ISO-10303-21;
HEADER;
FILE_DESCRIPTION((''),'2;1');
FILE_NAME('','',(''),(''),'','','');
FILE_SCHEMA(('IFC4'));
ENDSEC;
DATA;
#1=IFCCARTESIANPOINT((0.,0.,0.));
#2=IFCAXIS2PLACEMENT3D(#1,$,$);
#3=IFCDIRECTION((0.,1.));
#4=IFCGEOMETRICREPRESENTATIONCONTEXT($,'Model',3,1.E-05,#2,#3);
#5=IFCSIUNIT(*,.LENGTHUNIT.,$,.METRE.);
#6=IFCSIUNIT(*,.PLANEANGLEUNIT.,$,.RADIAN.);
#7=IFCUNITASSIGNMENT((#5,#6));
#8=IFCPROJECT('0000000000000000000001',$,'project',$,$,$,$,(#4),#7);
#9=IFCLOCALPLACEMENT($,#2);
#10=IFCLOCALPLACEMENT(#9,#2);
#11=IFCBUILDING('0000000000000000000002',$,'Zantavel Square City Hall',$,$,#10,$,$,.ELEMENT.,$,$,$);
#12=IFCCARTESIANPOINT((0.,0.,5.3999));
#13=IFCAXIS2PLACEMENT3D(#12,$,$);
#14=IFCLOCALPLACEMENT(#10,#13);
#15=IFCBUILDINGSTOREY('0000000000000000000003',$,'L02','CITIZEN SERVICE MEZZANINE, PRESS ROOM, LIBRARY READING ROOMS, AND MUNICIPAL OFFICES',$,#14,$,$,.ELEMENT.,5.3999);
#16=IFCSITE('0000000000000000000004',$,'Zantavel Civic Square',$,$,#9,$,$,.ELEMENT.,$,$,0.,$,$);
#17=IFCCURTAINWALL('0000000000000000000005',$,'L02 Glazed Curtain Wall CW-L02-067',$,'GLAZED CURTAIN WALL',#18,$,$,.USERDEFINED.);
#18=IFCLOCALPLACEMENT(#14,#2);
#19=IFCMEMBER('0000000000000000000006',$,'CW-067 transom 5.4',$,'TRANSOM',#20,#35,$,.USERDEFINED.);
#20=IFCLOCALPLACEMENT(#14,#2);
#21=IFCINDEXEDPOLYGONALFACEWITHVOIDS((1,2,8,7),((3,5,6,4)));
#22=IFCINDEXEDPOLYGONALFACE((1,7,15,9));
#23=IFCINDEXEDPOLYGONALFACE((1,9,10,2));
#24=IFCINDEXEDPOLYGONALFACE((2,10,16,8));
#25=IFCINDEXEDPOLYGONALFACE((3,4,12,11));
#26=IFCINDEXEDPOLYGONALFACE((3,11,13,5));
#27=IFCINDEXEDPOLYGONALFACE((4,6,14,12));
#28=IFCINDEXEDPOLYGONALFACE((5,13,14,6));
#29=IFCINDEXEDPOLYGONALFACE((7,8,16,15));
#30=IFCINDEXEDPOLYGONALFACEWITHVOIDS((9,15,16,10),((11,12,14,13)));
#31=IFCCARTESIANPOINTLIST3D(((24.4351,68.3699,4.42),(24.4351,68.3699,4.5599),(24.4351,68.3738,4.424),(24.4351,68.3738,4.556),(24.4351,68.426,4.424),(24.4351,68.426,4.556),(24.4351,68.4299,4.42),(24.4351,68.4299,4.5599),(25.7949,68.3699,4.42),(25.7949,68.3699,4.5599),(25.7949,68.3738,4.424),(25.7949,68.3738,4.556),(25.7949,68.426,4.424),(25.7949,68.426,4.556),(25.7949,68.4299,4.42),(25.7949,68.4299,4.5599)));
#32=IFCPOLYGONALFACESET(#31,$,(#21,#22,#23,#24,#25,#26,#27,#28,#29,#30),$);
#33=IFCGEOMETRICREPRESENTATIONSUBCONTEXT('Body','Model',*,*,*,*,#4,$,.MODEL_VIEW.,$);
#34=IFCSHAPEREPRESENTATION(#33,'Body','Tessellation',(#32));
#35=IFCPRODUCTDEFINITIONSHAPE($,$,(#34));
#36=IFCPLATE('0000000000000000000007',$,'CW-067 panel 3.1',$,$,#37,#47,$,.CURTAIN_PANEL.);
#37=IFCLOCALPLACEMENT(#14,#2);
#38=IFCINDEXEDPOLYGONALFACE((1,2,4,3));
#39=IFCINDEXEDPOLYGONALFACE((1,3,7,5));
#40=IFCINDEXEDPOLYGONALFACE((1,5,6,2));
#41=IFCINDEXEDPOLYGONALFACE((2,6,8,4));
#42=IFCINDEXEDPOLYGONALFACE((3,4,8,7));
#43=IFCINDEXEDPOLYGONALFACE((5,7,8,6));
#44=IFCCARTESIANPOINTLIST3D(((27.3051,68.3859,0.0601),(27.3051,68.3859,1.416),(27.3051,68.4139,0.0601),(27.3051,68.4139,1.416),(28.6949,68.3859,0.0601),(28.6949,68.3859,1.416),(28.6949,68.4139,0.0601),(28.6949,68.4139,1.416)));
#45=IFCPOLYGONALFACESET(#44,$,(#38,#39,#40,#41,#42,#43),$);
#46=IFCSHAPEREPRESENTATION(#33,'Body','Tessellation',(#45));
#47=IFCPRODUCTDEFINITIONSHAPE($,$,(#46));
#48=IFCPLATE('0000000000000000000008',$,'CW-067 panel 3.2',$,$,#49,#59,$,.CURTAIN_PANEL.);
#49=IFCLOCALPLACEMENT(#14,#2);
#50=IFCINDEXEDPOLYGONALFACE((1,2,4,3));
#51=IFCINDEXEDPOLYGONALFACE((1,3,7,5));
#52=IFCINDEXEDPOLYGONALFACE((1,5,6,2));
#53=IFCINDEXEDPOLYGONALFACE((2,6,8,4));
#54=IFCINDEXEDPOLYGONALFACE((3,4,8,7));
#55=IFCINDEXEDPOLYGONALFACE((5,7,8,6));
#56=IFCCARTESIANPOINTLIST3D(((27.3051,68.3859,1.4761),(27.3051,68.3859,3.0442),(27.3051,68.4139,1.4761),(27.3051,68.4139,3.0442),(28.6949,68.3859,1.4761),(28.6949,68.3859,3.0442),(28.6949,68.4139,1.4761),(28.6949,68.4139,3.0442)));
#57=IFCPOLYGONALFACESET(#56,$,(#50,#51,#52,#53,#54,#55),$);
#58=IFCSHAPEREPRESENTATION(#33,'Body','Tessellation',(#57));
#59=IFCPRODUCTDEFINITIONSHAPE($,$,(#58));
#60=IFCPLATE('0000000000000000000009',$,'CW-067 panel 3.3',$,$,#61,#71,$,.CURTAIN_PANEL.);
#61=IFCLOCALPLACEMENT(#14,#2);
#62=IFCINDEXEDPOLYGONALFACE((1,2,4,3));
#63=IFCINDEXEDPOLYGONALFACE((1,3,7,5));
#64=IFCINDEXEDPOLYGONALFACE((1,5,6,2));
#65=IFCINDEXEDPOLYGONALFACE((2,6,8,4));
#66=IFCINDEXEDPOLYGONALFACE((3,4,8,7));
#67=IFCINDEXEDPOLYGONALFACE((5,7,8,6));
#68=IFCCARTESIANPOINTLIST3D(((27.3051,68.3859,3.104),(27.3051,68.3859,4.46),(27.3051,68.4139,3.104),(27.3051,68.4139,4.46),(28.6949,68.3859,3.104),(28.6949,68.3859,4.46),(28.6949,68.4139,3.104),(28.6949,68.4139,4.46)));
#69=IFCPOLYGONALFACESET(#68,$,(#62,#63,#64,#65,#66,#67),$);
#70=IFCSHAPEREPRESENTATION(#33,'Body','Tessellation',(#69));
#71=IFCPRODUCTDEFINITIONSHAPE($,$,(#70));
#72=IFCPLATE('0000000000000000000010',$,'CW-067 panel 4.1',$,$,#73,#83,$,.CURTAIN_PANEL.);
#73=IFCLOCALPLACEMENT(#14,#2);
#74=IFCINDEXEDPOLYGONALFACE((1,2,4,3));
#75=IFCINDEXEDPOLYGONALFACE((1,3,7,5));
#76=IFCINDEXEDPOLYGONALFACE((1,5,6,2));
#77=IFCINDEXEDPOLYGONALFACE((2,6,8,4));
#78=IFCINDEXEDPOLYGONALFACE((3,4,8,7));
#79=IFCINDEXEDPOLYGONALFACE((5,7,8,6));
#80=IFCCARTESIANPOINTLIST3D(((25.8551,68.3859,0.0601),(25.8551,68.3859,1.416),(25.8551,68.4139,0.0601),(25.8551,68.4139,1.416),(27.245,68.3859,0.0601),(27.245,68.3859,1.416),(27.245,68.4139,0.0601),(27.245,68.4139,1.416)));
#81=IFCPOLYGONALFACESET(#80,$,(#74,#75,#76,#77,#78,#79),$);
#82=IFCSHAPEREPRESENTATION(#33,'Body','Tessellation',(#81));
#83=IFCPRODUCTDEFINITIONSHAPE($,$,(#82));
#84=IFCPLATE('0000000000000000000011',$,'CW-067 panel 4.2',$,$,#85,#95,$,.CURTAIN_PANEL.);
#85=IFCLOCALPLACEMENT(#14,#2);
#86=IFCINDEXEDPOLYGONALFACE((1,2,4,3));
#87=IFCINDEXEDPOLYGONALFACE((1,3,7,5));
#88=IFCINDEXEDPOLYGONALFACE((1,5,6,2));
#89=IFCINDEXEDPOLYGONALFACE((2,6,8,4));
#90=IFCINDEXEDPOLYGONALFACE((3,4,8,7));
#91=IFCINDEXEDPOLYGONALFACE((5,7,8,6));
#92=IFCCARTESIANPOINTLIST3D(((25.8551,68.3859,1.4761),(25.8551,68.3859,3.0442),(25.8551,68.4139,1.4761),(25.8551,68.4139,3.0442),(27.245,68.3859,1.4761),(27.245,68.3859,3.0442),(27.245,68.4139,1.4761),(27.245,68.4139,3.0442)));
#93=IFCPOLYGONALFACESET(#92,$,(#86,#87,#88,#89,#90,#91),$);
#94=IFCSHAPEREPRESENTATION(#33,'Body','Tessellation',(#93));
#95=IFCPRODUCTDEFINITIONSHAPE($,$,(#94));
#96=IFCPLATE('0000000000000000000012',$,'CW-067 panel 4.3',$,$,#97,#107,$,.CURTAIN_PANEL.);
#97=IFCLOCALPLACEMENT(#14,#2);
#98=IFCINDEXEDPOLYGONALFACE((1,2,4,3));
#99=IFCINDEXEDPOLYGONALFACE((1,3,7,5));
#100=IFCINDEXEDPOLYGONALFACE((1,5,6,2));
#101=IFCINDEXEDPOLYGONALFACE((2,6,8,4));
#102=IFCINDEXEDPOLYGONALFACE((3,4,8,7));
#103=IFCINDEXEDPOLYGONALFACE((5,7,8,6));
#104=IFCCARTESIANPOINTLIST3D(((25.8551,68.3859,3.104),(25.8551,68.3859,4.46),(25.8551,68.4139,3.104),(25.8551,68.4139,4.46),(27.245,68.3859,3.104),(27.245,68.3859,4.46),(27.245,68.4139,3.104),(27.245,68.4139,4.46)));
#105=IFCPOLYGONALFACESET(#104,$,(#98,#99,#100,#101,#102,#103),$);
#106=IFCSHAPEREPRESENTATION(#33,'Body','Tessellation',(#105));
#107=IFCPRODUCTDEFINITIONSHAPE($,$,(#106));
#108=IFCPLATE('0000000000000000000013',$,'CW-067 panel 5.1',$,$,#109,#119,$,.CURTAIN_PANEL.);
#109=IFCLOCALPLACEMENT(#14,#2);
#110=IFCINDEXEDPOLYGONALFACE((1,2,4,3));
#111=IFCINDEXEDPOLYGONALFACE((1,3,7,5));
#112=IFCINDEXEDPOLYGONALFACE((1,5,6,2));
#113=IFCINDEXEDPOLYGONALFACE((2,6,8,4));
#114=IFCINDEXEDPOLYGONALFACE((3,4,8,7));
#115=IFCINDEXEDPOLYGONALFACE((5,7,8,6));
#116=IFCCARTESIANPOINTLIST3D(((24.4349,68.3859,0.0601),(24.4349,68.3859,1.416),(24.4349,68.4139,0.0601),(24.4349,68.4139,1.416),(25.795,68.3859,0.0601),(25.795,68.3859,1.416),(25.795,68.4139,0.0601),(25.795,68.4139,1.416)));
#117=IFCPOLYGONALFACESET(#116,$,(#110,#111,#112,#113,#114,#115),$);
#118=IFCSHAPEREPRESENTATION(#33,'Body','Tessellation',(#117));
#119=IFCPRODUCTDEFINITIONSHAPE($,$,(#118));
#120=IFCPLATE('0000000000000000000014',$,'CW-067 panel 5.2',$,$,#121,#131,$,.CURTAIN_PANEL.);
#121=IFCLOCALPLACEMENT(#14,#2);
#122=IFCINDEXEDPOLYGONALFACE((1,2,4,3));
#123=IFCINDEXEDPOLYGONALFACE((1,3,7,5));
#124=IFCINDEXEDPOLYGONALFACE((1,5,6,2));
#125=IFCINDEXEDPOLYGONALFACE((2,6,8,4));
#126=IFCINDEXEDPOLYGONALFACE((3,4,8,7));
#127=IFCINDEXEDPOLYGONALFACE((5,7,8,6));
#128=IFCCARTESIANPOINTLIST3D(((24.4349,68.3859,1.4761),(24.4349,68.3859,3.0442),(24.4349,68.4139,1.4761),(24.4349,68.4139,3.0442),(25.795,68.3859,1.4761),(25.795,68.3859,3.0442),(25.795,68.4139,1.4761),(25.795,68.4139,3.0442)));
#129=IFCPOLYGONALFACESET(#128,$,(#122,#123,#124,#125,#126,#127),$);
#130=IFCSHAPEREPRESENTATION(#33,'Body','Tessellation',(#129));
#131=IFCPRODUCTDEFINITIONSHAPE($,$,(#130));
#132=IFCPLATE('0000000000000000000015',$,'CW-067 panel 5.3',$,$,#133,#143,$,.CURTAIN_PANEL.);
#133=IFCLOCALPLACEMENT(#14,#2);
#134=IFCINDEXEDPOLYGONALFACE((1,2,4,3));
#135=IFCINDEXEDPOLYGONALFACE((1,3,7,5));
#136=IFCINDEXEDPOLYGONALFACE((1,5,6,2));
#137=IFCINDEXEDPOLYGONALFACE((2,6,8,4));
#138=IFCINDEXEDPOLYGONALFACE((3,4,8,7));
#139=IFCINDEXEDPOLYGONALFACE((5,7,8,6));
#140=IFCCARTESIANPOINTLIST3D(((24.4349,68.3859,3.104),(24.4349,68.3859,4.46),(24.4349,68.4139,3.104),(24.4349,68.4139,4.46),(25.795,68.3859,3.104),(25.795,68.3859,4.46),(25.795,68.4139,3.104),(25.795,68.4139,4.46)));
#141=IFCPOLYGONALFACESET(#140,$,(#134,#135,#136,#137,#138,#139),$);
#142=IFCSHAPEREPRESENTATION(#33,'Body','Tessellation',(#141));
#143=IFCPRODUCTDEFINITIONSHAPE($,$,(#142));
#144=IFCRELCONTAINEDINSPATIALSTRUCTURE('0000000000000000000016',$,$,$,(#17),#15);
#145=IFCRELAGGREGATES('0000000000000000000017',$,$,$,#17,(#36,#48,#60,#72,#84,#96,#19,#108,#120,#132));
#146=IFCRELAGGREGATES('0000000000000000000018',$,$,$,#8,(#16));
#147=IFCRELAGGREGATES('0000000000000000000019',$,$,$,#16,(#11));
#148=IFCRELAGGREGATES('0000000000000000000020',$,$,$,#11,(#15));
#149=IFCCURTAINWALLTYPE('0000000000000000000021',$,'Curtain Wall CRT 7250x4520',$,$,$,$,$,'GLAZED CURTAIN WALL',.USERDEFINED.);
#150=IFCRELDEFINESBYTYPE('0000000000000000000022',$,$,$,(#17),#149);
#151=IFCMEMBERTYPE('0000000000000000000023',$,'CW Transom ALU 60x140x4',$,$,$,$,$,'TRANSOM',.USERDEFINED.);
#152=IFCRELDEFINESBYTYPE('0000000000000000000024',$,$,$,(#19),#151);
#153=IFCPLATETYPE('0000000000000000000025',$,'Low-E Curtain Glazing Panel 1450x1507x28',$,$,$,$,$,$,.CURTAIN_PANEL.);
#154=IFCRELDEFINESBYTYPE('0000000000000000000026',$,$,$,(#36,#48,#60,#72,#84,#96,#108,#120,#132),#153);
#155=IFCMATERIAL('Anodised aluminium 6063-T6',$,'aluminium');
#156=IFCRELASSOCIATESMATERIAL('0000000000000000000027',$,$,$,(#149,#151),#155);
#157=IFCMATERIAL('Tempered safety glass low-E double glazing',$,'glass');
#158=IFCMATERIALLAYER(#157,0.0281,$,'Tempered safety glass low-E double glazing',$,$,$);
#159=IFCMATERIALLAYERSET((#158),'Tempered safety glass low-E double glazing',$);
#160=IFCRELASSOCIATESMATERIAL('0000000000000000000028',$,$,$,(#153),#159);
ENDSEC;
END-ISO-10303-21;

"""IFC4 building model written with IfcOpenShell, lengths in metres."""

from ifc_helpers import new_model, si_unit, direction, frame, origin, origin_2d, place, context, subcontext, project, spatial, rectangle, hollow_rectangle, extrude, material, layer, layer_set, material_profile, profile_set, type_object, element, aggregate, save


model = new_model("IFC4")

# Units and contexts
model_context = context("Model", 3, precision=1e-05, world=origin(), true_north=direction((0.0, 1.0)))
body_context = subcontext(model_context, "Body", "Model", "MODEL_VIEW")
ifc_project = project(units=[si_unit("LENGTHUNIT", "METRE"), si_unit("PLANEANGLEUNIT", "RADIAN")], contexts=[model_context])

# Site, building, storey
site_placement = place(None, origin())
site = spatial("IfcSite", under=ifc_project, at=site_placement, Name="Zantavel Civic Square", CompositionType="ELEMENT", RefElevation=0.0)
building_placement = place(site_placement, origin())
building = spatial("IfcBuilding", under=site, at=building_placement, Name="Zantavel Square City Hall", CompositionType="ELEMENT")
storey_placement = place(building_placement, frame((0.0, 0.0, 5.3999)))
storey = spatial("IfcBuildingStorey", under=building, at=storey_placement, Name="L02", Description="CITIZEN SERVICE MEZZANINE, PRESS ROOM, LIBRARY READING ROOMS, AND MUNICIPAL OFFICES", CompositionType="ELEMENT", Elevation=5.3999)

# Curtain wall, member, plates
ifc_material_1 = material(Name="Anodised aluminium 6063-T6", Category="aluminium")
curtain_wall_type = type_object("IfcCurtainWallType", Name="Curtain Wall CRT 7250x4520", ElementType="GLAZED CURTAIN WALL", PredefinedType="USERDEFINED", material=ifc_material_1)
curtain_wall_placement = place(storey_placement, origin())
curtain_wall = element("IfcCurtainWall", 1, at=curtain_wall_placement, inside=storey, type_object=curtain_wall_type, Name="L02 Glazed Curtain Wall CW-L02-067", ObjectType="GLAZED CURTAIN WALL", PredefinedType="USERDEFINED")
ifc_material_profile_1 = material_profile(ifc_material_1, hollow_rectangle(XDim=0.0601, YDim=0.1399, WallThickness=0.0039, at=origin_2d()), Name="ALU 60x140x4")
ifc_profile_set_1 = profile_set([ifc_material_profile_1], Name="Anodised aluminium 6063-T6")
member_type_1 = type_object("IfcMemberType", Name="CW Transom ALU 60x140x4", ElementType="TRANSOM", PredefinedType="USERDEFINED", material=ifc_profile_set_1)
member_1_placement = place(storey_placement, frame((25.7949, 68.3999, 4.49), z_axis=(-1.0, 0.0, 0.0), x_axis=(0.0, -1.0, 0.0)))
member_1 = element("IfcMember", 2, at=member_1_placement, type_object=member_type_1, Name="CW-067 transom 5.4", ObjectType="TRANSOM", PredefinedType="USERDEFINED", context=body_context, shape_type="SweptSolid", body=[
    extrude(hollow_rectangle(XDim=0.0601, YDim=0.1399, WallThickness=0.0039, at=origin_2d()), origin(), (0.0, 0.0, 1.0), 1.3599),
])
ifc_material_2 = material(Name="Tempered safety glass low-E double glazing", Category="glass")
ifc_layer = layer(ifc_material_2, 0.0281, Name="Tempered safety glass low-E double glazing")
ifc_layer_set = layer_set([ifc_layer], Name="Tempered safety glass low-E double glazing")
plate_type = type_object("IfcPlateType", Name="Low-E Curtain Glazing Panel 1450x1507x28", PredefinedType="CURTAIN_PANEL", material=ifc_layer_set)
plate_1_placement = place(storey_placement, frame((28.0, 68.3999, 0.0601), z_axis=(0.0, 0.0, 1.0), x_axis=(-1.0, 0.0, 0.0)))
plate_1 = element("IfcPlate", 3, at=plate_1_placement, type_object=plate_type, Name="CW-067 panel 3.1", PredefinedType="CURTAIN_PANEL", context=body_context, shape_type="SweptSolid", body=[
    extrude(rectangle(XDim=1.3899, YDim=0.0281, at=origin_2d()), origin(), (0.0, 0.0, 1.0), 1.356),
])
plate_2_placement = place(storey_placement, frame((28.0, 68.3999, 1.4761), z_axis=(0.0, 0.0, 1.0), x_axis=(-1.0, 0.0, 0.0)))
plate_2 = element("IfcPlate", 4, at=plate_2_placement, type_object=plate_type, Name="CW-067 panel 3.2", PredefinedType="CURTAIN_PANEL", context=body_context, shape_type="SweptSolid", body=[
    extrude(rectangle(XDim=1.3899, YDim=0.0281, at=origin_2d()), origin(), (0.0, 0.0, 1.0), 1.5681),
])
plate_3_placement = place(storey_placement, frame((28.0, 68.3999, 3.104), z_axis=(0.0, 0.0, 1.0), x_axis=(-1.0, 0.0, 0.0)))
plate_3 = element("IfcPlate", 5, at=plate_3_placement, type_object=plate_type, Name="CW-067 panel 3.3", PredefinedType="CURTAIN_PANEL", context=body_context, shape_type="SweptSolid", body=[
    extrude(rectangle(XDim=1.3899, YDim=0.0281, at=origin_2d()), origin(), (0.0, 0.0, 1.0), 1.356),
])
plate_4_placement = place(storey_placement, frame((26.55, 68.3999, 0.0601), z_axis=(0.0, 0.0, 1.0), x_axis=(-1.0, 0.0, 0.0)))
plate_4 = element("IfcPlate", 6, at=plate_4_placement, type_object=plate_type, Name="CW-067 panel 4.1", PredefinedType="CURTAIN_PANEL", context=body_context, shape_type="SweptSolid", body=[
    extrude(rectangle(XDim=1.3899, YDim=0.0281, at=origin_2d()), origin(), (0.0, 0.0, 1.0), 1.356),
])
plate_5_placement = place(storey_placement, frame((26.55, 68.3999, 1.4761), z_axis=(0.0, 0.0, 1.0), x_axis=(-1.0, 0.0, 0.0)))
plate_5 = element("IfcPlate", 7, at=plate_5_placement, type_object=plate_type, Name="CW-067 panel 4.2", PredefinedType="CURTAIN_PANEL", context=body_context, shape_type="SweptSolid", body=[
    extrude(rectangle(XDim=1.3899, YDim=0.0281, at=origin_2d()), origin(), (0.0, 0.0, 1.0), 1.5681),
])
plate_6_placement = place(storey_placement, frame((26.55, 68.3999, 3.104), z_axis=(0.0, 0.0, 1.0), x_axis=(-1.0, 0.0, 0.0)))
plate_6 = element("IfcPlate", 8, at=plate_6_placement, type_object=plate_type, Name="CW-067 panel 4.3", PredefinedType="CURTAIN_PANEL", context=body_context, shape_type="SweptSolid", body=[
    extrude(rectangle(XDim=1.3899, YDim=0.0281, at=origin_2d()), origin(), (0.0, 0.0, 1.0), 1.356),
])
plate_7_placement = place(storey_placement, frame((25.115, 68.3999, 0.0601), z_axis=(0.0, 0.0, 1.0), x_axis=(-1.0, 0.0, 0.0)))
plate_7 = element("IfcPlate", 9, at=plate_7_placement, type_object=plate_type, Name="CW-067 panel 5.1", PredefinedType="CURTAIN_PANEL", context=body_context, shape_type="SweptSolid", body=[
    extrude(rectangle(XDim=1.3601, YDim=0.0281, at=origin_2d()), origin(), (0.0, 0.0, 1.0), 1.356),
])
plate_8_placement = place(storey_placement, frame((25.115, 68.3999, 1.4761), z_axis=(0.0, 0.0, 1.0), x_axis=(-1.0, 0.0, 0.0)))
plate_8 = element("IfcPlate", 10, at=plate_8_placement, type_object=plate_type, Name="CW-067 panel 5.2", PredefinedType="CURTAIN_PANEL", context=body_context, shape_type="SweptSolid", body=[
    extrude(rectangle(XDim=1.3601, YDim=0.0281, at=origin_2d()), origin(), (0.0, 0.0, 1.0), 1.5681),
])
plate_9_placement = place(storey_placement, frame((25.115, 68.3999, 3.104), z_axis=(0.0, 0.0, 1.0), x_axis=(-1.0, 0.0, 0.0)))
plate_9 = element("IfcPlate", 11, at=plate_9_placement, type_object=plate_type, Name="CW-067 panel 5.3", PredefinedType="CURTAIN_PANEL", context=body_context, shape_type="SweptSolid", body=[
    extrude(rectangle(XDim=1.3601, YDim=0.0281, at=origin_2d()), origin(), (0.0, 0.0, 1.0), 1.356),
])
aggregate(curtain_wall, [plate_1, plate_2, plate_3, plate_4, plate_5, plate_6, member_1, plate_7, plate_8, plate_9])

save(model, "model.ifc")
